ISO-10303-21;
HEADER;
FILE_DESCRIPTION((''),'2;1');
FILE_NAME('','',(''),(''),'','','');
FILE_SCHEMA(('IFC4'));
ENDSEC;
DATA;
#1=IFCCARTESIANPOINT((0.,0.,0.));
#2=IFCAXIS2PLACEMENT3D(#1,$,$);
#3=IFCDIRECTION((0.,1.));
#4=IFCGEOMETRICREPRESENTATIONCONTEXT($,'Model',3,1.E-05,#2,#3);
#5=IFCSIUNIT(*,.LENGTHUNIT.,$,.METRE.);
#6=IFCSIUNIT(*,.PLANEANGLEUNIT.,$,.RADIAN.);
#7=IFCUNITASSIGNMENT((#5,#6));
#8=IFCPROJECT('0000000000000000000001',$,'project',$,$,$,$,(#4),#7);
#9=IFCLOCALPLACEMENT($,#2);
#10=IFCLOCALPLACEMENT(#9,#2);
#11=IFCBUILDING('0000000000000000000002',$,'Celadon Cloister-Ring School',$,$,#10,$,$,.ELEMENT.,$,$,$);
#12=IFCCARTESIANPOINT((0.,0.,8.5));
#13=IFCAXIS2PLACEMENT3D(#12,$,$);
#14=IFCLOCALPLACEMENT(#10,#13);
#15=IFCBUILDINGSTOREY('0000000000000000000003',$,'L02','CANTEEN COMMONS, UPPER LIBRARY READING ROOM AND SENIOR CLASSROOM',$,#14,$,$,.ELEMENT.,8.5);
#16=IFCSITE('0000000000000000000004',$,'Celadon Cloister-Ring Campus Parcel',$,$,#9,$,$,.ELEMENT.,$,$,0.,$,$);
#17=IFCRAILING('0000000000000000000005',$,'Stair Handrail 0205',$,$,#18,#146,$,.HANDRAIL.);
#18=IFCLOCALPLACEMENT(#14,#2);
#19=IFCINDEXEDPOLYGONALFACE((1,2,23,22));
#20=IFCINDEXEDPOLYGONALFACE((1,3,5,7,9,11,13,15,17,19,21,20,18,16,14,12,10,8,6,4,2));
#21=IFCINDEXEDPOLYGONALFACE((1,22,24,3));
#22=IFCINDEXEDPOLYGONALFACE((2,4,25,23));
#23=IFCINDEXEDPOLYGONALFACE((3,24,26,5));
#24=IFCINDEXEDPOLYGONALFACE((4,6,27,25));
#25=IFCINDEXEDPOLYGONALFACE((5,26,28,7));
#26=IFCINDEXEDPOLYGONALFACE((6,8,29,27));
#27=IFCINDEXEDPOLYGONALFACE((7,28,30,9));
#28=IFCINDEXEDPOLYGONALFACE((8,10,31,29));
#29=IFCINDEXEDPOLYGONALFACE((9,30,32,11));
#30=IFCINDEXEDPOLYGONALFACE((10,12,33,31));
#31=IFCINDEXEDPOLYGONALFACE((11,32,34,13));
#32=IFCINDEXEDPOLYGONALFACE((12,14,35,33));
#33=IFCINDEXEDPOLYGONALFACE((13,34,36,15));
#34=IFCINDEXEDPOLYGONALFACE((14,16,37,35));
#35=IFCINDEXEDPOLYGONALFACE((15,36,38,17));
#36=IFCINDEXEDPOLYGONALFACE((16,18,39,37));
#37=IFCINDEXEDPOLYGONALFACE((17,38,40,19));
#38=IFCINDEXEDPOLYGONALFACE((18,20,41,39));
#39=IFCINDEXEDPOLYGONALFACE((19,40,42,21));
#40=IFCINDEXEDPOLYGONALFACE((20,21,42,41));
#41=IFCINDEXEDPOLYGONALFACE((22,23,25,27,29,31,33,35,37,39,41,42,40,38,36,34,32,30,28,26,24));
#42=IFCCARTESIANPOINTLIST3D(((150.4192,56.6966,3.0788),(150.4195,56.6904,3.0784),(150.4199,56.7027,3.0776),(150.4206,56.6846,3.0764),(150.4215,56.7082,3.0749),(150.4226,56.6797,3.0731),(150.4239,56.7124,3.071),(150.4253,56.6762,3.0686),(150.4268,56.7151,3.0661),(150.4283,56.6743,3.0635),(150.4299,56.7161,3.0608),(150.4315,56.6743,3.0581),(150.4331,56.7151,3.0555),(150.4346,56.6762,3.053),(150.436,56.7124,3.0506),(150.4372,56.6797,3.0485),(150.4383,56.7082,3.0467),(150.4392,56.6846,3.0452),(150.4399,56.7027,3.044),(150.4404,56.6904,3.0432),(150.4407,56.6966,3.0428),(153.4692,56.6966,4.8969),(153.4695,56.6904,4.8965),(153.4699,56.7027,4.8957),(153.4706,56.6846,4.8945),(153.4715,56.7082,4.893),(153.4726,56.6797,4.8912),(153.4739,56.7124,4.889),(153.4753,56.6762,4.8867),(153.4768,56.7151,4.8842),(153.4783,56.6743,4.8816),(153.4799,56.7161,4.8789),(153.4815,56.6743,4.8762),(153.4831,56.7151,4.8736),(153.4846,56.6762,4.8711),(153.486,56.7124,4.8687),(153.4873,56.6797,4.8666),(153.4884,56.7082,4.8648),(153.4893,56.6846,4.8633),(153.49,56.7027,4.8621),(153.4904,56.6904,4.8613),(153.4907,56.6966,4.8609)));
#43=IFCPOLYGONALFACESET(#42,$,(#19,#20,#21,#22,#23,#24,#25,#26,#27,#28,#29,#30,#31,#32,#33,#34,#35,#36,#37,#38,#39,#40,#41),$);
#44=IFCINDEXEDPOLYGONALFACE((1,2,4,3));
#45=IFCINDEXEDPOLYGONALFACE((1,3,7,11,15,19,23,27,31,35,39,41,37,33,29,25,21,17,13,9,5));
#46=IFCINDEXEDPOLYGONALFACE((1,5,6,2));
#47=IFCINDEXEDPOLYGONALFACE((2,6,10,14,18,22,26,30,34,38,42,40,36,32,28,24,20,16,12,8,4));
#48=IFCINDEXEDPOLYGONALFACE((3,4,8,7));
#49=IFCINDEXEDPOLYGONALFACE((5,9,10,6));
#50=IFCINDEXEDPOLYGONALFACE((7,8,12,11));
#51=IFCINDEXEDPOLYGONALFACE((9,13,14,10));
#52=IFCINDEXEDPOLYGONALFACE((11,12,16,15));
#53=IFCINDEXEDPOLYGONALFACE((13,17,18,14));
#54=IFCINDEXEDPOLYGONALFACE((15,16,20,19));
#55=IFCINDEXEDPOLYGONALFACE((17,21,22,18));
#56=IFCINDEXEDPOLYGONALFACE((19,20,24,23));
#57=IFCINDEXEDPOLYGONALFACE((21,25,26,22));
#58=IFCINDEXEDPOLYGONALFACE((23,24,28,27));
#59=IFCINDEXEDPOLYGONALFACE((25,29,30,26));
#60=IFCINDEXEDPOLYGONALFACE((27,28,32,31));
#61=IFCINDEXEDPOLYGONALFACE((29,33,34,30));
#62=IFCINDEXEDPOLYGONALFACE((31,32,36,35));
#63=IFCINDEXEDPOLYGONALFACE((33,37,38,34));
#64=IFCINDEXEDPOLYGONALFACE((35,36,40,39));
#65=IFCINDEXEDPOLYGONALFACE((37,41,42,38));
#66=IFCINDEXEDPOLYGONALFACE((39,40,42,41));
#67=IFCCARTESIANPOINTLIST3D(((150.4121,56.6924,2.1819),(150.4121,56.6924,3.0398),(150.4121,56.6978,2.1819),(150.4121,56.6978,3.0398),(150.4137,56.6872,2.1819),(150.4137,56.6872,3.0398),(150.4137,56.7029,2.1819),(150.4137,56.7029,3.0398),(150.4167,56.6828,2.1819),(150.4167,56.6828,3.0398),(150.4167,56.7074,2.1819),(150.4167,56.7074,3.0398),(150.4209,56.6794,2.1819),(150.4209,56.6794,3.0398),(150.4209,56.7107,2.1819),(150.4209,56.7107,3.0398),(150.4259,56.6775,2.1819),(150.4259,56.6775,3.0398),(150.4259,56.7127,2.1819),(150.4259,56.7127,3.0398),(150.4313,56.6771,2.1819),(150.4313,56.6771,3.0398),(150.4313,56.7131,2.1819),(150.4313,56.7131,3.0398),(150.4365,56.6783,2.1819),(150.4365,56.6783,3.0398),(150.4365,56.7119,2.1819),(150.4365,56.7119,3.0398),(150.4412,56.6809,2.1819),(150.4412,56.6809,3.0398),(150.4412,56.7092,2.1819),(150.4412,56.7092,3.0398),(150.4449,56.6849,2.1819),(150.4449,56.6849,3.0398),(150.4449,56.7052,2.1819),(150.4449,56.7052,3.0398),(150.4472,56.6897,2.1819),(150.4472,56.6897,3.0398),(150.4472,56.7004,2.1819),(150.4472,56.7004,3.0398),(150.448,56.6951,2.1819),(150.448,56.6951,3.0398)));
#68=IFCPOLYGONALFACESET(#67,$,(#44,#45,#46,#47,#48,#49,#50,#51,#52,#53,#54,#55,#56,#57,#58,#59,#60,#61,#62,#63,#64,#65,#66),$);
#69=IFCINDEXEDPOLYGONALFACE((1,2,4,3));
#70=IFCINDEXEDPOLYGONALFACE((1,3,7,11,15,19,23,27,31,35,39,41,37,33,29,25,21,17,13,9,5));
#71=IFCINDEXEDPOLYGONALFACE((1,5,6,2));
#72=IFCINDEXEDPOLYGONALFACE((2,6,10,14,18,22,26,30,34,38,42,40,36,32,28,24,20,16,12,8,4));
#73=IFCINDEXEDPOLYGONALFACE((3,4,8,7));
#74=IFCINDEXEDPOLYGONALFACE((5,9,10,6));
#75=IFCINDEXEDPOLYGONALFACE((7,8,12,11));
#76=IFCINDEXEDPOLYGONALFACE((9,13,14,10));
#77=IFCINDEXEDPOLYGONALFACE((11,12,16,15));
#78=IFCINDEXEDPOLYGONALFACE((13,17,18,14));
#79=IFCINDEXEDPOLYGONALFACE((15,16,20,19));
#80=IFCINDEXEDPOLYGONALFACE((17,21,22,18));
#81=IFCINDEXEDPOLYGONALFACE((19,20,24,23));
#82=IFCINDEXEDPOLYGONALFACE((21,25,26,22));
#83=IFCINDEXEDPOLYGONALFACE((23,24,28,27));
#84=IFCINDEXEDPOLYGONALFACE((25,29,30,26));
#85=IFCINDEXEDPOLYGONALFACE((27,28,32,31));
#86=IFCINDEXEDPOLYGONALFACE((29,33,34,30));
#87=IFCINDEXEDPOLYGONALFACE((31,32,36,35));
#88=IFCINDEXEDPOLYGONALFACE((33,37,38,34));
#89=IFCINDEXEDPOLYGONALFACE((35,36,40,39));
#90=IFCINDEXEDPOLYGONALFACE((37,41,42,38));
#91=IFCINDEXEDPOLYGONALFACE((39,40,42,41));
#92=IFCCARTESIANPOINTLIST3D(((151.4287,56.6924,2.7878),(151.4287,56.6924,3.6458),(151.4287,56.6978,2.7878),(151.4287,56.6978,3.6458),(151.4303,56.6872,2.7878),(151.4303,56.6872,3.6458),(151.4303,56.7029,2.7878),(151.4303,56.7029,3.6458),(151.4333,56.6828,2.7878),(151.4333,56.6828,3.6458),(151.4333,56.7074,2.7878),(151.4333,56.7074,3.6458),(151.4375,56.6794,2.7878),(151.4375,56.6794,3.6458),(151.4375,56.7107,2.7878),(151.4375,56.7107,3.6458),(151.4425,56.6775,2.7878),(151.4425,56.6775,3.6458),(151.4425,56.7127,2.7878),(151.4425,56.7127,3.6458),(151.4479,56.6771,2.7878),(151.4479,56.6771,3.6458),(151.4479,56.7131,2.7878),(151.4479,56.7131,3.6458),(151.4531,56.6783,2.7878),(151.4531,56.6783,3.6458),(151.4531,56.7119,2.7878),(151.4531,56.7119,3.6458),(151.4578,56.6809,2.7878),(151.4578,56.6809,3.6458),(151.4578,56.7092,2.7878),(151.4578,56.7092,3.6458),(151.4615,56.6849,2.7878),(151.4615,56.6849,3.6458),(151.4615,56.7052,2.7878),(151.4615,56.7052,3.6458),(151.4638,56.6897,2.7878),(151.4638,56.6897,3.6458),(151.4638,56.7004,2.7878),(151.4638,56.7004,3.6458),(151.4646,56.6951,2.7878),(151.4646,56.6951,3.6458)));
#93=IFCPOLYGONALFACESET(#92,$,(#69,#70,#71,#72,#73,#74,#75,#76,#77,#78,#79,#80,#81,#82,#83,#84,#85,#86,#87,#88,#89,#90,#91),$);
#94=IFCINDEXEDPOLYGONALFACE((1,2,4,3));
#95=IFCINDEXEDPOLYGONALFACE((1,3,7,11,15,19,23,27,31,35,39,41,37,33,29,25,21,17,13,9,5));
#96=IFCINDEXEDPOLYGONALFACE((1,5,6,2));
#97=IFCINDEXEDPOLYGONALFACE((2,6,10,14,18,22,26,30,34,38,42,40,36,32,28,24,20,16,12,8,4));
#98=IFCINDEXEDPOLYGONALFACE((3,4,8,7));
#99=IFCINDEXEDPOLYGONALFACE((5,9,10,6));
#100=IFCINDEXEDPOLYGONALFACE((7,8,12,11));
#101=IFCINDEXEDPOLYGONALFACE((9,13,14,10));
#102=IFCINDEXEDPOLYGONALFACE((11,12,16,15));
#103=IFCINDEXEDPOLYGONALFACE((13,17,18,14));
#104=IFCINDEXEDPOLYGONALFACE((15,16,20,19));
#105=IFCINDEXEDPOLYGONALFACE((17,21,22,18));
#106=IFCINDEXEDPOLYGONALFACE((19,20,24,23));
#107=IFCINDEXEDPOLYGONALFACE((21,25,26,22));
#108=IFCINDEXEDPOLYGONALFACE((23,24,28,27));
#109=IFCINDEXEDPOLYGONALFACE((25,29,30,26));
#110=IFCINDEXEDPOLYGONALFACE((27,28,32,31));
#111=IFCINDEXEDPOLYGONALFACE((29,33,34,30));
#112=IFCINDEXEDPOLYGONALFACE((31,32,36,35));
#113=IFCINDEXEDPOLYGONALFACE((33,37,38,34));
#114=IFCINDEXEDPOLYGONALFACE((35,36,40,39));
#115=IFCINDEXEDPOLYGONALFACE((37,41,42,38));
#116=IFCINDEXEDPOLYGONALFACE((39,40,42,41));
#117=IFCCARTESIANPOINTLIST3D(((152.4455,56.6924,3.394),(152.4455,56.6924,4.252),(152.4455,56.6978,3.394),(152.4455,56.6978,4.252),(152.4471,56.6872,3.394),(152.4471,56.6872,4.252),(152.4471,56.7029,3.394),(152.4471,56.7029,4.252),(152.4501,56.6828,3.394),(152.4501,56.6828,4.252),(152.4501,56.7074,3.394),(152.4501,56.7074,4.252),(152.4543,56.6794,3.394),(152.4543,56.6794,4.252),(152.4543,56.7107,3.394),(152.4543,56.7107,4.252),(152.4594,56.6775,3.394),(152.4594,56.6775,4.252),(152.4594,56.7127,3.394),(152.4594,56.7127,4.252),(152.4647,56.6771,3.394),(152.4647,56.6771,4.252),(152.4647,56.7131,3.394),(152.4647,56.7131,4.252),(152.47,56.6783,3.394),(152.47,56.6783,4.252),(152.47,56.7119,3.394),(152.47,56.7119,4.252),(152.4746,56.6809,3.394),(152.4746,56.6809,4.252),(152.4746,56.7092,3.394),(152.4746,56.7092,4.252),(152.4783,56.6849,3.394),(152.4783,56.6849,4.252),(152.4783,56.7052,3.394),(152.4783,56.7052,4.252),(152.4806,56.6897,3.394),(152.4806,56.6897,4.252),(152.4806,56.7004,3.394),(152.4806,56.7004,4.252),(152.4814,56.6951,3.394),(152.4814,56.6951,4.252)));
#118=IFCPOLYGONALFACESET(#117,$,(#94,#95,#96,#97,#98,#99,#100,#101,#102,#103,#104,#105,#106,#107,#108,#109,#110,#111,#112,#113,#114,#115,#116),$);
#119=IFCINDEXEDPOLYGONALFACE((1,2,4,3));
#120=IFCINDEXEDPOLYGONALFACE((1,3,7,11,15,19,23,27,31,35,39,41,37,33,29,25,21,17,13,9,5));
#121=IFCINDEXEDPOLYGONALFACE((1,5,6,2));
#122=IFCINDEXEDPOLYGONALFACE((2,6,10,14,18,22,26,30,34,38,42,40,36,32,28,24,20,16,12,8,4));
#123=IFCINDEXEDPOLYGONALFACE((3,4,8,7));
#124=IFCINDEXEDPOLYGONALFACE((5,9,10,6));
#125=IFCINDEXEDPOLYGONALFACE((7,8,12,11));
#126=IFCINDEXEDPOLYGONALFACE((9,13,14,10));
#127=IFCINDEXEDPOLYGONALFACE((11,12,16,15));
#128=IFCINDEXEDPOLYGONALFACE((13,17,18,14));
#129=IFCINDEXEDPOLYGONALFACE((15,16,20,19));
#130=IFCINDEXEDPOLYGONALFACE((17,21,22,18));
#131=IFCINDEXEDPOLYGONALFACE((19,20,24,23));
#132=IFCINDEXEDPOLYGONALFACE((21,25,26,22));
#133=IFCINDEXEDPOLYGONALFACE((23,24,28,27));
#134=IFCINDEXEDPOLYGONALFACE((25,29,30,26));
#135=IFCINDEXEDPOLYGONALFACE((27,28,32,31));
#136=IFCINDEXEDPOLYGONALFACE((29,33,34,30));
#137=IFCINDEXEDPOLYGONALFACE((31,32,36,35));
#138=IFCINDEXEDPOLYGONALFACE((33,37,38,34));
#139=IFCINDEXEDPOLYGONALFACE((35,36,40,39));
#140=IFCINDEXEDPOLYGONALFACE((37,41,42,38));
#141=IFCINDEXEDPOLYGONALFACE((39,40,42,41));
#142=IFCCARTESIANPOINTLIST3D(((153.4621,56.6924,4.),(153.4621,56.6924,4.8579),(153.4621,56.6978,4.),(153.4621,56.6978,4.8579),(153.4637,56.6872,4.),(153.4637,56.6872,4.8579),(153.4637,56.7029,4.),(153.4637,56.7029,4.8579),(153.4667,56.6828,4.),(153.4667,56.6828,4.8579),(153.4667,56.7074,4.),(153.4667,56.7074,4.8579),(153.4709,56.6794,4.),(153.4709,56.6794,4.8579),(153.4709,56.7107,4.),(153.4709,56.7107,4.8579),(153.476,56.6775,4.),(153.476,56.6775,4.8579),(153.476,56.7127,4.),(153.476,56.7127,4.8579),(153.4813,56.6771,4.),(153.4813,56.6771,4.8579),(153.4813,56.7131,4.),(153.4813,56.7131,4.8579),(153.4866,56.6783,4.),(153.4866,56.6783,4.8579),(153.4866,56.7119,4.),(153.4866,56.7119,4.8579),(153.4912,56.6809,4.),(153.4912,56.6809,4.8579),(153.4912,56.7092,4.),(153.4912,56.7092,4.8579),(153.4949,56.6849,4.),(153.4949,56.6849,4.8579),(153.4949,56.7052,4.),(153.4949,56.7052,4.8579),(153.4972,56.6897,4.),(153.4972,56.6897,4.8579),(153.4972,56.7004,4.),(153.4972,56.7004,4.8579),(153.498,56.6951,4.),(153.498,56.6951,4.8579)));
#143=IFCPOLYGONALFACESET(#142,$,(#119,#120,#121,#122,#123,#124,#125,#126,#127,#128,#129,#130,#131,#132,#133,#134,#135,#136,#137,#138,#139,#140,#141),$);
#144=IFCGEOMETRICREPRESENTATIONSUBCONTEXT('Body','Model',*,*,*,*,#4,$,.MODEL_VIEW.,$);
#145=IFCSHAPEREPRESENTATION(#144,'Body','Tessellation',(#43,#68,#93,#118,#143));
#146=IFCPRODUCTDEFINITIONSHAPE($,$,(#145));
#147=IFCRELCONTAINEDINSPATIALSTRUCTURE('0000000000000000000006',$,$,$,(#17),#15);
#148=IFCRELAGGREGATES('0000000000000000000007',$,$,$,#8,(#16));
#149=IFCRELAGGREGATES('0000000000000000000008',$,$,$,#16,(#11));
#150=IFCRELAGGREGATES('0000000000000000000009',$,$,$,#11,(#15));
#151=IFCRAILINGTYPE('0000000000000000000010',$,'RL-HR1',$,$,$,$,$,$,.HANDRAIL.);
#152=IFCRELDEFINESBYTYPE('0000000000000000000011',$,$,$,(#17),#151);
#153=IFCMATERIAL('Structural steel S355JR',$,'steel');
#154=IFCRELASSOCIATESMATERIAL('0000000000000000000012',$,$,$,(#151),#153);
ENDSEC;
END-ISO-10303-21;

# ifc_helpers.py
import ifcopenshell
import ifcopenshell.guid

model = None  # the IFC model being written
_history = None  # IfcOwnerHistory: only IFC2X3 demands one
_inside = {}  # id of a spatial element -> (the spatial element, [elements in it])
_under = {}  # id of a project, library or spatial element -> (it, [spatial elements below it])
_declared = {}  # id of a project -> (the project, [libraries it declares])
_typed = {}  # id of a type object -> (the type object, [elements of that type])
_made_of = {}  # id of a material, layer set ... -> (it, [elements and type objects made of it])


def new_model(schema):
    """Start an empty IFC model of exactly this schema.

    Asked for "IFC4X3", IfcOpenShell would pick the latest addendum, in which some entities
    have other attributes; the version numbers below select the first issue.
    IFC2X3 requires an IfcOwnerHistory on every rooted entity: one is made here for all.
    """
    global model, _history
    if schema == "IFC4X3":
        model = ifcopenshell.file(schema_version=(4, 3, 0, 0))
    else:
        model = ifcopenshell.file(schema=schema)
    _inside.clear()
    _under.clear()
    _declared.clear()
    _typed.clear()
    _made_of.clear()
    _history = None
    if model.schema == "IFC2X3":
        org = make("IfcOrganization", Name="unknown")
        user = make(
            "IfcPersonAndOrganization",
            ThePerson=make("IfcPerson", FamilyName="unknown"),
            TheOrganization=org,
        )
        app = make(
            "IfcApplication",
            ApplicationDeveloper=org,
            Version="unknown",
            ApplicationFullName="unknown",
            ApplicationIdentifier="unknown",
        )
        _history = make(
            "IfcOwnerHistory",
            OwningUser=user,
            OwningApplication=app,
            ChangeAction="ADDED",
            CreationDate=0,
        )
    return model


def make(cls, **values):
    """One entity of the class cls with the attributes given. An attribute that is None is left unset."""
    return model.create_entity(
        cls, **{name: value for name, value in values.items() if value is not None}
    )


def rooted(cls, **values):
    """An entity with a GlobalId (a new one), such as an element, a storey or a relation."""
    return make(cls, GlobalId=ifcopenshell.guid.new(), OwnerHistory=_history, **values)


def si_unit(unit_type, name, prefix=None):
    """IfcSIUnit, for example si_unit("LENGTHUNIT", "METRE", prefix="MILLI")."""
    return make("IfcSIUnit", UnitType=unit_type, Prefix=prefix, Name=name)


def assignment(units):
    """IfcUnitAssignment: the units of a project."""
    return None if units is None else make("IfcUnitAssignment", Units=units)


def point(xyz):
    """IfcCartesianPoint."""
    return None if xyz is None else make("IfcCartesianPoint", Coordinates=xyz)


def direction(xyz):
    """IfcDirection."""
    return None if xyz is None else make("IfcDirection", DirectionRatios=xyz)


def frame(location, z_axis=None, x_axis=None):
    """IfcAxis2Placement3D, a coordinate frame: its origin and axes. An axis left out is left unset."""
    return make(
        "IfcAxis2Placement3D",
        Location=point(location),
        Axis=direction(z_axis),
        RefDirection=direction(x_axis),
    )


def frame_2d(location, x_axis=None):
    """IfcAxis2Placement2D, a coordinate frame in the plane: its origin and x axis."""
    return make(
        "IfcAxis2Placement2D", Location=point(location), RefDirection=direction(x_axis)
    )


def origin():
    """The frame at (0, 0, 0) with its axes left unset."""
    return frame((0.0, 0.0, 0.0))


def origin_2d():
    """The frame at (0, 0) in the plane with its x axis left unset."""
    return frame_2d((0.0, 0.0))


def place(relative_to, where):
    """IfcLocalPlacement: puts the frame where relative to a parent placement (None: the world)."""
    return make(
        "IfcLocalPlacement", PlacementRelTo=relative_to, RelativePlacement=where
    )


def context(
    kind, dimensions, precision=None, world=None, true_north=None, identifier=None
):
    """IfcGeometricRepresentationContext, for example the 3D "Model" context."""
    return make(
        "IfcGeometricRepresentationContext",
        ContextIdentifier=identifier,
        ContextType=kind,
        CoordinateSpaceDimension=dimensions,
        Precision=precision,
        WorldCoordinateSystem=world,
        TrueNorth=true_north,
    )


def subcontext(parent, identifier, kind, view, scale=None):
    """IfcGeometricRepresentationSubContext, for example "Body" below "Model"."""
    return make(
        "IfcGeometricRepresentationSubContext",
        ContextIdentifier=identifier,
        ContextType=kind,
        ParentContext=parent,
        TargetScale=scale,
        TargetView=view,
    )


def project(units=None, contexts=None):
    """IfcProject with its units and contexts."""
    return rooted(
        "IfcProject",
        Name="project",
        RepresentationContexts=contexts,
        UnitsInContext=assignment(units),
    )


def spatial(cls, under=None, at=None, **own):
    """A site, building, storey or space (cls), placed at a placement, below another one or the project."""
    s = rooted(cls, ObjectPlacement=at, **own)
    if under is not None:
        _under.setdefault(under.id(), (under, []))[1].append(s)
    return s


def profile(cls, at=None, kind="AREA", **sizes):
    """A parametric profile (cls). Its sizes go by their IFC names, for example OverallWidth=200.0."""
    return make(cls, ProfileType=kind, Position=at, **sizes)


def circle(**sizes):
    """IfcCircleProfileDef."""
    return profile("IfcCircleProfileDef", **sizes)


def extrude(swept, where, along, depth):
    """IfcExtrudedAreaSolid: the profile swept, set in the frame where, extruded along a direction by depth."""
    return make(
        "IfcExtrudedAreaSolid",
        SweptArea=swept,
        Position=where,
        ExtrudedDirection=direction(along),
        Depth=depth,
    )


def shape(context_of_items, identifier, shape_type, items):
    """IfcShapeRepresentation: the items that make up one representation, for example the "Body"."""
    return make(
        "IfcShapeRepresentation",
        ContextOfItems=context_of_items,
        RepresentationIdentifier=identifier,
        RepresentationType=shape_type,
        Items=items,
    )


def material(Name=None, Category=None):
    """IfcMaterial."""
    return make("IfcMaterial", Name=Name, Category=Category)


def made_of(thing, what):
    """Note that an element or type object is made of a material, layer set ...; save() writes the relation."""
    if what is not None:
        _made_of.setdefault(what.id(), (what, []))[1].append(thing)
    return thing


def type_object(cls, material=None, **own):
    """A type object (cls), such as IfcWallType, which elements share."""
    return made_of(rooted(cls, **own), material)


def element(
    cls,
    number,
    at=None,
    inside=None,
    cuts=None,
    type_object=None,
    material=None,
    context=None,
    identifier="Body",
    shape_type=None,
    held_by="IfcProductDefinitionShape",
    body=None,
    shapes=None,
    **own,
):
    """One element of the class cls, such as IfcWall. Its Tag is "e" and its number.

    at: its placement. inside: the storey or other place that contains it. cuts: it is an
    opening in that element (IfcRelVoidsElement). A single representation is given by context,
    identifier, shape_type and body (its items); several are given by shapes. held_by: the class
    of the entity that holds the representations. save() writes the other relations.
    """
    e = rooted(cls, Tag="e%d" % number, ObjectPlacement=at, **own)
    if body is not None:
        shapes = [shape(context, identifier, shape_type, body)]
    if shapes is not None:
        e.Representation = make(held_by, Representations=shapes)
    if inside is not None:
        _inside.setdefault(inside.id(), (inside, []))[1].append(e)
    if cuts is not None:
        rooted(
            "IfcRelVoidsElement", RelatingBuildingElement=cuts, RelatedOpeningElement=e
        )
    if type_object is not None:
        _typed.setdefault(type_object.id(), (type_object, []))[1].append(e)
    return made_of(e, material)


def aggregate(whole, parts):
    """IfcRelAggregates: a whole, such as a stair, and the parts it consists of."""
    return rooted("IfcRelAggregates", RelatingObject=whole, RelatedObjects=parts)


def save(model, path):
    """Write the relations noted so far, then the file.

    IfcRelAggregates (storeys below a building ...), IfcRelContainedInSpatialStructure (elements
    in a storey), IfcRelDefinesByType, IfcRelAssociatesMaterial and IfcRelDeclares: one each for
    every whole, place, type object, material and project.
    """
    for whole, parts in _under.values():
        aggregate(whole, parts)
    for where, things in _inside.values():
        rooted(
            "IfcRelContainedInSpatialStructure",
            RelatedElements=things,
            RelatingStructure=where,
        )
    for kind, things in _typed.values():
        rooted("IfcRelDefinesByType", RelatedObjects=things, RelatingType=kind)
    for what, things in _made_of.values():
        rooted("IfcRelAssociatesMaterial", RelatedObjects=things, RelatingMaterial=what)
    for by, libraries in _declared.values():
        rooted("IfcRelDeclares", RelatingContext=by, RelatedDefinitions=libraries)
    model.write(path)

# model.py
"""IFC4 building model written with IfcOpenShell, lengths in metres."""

from ifc_helpers import new_model, si_unit, direction, frame, origin, origin_2d, place, context, subcontext, project, spatial, circle, extrude, material, type_object, element, save


model = new_model("IFC4")

# Units and contexts
model_context = context("Model", 3, precision=1e-05, world=origin(), true_north=direction((0.0, 1.0)))
body_context = subcontext(model_context, "Body", "Model", "MODEL_VIEW")
ifc_project = project(units=[si_unit("LENGTHUNIT", "METRE"), si_unit("PLANEANGLEUNIT", "RADIAN")], contexts=[model_context])

# Site, building, storey
site_placement = place(None, origin())
site = spatial("IfcSite", under=ifc_project, at=site_placement, Name="Celadon Cloister-Ring Campus Parcel", CompositionType="ELEMENT", RefElevation=0.0)
building_placement = place(site_placement, origin())
building = spatial("IfcBuilding", under=site, at=building_placement, Name="Celadon Cloister-Ring School", CompositionType="ELEMENT")
storey_placement = place(building_placement, frame((0.0, 0.0, 8.5)))
storey = spatial("IfcBuildingStorey", under=building, at=storey_placement, Name="L02", Description="CANTEEN COMMONS, UPPER LIBRARY READING ROOM AND SENIOR CLASSROOM", CompositionType="ELEMENT", Elevation=8.5)

# Railing
ifc_material_1 = material(Name="Structural steel S355JR", Category="steel")
railing_type_1 = type_object("IfcRailingType", Name="RL-HR1", PredefinedType="HANDRAIL", material=ifc_material_1)
for number, where, name in (
    (1, (150.4299, 56.6951, 2.1819), "Stair Handrail 0205"),
):
    element("IfcRailing", number, at=place(storey_placement, frame(where)), inside=storey, type_object=railing_type_1, Name=name, PredefinedType="HANDRAIL", context=body_context, shape_type="SweptSolid", body=[
        extrude(circle(Radius=0.021, at=origin_2d()), frame((0.0, 0.0, 0.8789), z_axis=(0.85897, 0.0, 0.512026), x_axis=(0.0, 1.0, 0.0)), (0.0, 0.0, 1.0), 3.5508),
        extrude(circle(Radius=0.0181, at=origin_2d()), origin(), (0.0, 0.0, 1.0), 0.8579),
        extrude(circle(Radius=0.0181, at=origin_2d()), frame((1.0166, 0.0, 0.606)), (0.0, 0.0, 1.0), 0.8579),
        extrude(circle(Radius=0.0181, at=origin_2d()), frame((2.0334, 0.0, 1.2122)), (0.0, 0.0, 1.0), 0.8579),
        extrude(circle(Radius=0.0181, at=origin_2d()), frame((3.05, 0.0, 1.8181)), (0.0, 0.0, 1.0), 0.8579),
    ])

save(model, "model.ifc")
